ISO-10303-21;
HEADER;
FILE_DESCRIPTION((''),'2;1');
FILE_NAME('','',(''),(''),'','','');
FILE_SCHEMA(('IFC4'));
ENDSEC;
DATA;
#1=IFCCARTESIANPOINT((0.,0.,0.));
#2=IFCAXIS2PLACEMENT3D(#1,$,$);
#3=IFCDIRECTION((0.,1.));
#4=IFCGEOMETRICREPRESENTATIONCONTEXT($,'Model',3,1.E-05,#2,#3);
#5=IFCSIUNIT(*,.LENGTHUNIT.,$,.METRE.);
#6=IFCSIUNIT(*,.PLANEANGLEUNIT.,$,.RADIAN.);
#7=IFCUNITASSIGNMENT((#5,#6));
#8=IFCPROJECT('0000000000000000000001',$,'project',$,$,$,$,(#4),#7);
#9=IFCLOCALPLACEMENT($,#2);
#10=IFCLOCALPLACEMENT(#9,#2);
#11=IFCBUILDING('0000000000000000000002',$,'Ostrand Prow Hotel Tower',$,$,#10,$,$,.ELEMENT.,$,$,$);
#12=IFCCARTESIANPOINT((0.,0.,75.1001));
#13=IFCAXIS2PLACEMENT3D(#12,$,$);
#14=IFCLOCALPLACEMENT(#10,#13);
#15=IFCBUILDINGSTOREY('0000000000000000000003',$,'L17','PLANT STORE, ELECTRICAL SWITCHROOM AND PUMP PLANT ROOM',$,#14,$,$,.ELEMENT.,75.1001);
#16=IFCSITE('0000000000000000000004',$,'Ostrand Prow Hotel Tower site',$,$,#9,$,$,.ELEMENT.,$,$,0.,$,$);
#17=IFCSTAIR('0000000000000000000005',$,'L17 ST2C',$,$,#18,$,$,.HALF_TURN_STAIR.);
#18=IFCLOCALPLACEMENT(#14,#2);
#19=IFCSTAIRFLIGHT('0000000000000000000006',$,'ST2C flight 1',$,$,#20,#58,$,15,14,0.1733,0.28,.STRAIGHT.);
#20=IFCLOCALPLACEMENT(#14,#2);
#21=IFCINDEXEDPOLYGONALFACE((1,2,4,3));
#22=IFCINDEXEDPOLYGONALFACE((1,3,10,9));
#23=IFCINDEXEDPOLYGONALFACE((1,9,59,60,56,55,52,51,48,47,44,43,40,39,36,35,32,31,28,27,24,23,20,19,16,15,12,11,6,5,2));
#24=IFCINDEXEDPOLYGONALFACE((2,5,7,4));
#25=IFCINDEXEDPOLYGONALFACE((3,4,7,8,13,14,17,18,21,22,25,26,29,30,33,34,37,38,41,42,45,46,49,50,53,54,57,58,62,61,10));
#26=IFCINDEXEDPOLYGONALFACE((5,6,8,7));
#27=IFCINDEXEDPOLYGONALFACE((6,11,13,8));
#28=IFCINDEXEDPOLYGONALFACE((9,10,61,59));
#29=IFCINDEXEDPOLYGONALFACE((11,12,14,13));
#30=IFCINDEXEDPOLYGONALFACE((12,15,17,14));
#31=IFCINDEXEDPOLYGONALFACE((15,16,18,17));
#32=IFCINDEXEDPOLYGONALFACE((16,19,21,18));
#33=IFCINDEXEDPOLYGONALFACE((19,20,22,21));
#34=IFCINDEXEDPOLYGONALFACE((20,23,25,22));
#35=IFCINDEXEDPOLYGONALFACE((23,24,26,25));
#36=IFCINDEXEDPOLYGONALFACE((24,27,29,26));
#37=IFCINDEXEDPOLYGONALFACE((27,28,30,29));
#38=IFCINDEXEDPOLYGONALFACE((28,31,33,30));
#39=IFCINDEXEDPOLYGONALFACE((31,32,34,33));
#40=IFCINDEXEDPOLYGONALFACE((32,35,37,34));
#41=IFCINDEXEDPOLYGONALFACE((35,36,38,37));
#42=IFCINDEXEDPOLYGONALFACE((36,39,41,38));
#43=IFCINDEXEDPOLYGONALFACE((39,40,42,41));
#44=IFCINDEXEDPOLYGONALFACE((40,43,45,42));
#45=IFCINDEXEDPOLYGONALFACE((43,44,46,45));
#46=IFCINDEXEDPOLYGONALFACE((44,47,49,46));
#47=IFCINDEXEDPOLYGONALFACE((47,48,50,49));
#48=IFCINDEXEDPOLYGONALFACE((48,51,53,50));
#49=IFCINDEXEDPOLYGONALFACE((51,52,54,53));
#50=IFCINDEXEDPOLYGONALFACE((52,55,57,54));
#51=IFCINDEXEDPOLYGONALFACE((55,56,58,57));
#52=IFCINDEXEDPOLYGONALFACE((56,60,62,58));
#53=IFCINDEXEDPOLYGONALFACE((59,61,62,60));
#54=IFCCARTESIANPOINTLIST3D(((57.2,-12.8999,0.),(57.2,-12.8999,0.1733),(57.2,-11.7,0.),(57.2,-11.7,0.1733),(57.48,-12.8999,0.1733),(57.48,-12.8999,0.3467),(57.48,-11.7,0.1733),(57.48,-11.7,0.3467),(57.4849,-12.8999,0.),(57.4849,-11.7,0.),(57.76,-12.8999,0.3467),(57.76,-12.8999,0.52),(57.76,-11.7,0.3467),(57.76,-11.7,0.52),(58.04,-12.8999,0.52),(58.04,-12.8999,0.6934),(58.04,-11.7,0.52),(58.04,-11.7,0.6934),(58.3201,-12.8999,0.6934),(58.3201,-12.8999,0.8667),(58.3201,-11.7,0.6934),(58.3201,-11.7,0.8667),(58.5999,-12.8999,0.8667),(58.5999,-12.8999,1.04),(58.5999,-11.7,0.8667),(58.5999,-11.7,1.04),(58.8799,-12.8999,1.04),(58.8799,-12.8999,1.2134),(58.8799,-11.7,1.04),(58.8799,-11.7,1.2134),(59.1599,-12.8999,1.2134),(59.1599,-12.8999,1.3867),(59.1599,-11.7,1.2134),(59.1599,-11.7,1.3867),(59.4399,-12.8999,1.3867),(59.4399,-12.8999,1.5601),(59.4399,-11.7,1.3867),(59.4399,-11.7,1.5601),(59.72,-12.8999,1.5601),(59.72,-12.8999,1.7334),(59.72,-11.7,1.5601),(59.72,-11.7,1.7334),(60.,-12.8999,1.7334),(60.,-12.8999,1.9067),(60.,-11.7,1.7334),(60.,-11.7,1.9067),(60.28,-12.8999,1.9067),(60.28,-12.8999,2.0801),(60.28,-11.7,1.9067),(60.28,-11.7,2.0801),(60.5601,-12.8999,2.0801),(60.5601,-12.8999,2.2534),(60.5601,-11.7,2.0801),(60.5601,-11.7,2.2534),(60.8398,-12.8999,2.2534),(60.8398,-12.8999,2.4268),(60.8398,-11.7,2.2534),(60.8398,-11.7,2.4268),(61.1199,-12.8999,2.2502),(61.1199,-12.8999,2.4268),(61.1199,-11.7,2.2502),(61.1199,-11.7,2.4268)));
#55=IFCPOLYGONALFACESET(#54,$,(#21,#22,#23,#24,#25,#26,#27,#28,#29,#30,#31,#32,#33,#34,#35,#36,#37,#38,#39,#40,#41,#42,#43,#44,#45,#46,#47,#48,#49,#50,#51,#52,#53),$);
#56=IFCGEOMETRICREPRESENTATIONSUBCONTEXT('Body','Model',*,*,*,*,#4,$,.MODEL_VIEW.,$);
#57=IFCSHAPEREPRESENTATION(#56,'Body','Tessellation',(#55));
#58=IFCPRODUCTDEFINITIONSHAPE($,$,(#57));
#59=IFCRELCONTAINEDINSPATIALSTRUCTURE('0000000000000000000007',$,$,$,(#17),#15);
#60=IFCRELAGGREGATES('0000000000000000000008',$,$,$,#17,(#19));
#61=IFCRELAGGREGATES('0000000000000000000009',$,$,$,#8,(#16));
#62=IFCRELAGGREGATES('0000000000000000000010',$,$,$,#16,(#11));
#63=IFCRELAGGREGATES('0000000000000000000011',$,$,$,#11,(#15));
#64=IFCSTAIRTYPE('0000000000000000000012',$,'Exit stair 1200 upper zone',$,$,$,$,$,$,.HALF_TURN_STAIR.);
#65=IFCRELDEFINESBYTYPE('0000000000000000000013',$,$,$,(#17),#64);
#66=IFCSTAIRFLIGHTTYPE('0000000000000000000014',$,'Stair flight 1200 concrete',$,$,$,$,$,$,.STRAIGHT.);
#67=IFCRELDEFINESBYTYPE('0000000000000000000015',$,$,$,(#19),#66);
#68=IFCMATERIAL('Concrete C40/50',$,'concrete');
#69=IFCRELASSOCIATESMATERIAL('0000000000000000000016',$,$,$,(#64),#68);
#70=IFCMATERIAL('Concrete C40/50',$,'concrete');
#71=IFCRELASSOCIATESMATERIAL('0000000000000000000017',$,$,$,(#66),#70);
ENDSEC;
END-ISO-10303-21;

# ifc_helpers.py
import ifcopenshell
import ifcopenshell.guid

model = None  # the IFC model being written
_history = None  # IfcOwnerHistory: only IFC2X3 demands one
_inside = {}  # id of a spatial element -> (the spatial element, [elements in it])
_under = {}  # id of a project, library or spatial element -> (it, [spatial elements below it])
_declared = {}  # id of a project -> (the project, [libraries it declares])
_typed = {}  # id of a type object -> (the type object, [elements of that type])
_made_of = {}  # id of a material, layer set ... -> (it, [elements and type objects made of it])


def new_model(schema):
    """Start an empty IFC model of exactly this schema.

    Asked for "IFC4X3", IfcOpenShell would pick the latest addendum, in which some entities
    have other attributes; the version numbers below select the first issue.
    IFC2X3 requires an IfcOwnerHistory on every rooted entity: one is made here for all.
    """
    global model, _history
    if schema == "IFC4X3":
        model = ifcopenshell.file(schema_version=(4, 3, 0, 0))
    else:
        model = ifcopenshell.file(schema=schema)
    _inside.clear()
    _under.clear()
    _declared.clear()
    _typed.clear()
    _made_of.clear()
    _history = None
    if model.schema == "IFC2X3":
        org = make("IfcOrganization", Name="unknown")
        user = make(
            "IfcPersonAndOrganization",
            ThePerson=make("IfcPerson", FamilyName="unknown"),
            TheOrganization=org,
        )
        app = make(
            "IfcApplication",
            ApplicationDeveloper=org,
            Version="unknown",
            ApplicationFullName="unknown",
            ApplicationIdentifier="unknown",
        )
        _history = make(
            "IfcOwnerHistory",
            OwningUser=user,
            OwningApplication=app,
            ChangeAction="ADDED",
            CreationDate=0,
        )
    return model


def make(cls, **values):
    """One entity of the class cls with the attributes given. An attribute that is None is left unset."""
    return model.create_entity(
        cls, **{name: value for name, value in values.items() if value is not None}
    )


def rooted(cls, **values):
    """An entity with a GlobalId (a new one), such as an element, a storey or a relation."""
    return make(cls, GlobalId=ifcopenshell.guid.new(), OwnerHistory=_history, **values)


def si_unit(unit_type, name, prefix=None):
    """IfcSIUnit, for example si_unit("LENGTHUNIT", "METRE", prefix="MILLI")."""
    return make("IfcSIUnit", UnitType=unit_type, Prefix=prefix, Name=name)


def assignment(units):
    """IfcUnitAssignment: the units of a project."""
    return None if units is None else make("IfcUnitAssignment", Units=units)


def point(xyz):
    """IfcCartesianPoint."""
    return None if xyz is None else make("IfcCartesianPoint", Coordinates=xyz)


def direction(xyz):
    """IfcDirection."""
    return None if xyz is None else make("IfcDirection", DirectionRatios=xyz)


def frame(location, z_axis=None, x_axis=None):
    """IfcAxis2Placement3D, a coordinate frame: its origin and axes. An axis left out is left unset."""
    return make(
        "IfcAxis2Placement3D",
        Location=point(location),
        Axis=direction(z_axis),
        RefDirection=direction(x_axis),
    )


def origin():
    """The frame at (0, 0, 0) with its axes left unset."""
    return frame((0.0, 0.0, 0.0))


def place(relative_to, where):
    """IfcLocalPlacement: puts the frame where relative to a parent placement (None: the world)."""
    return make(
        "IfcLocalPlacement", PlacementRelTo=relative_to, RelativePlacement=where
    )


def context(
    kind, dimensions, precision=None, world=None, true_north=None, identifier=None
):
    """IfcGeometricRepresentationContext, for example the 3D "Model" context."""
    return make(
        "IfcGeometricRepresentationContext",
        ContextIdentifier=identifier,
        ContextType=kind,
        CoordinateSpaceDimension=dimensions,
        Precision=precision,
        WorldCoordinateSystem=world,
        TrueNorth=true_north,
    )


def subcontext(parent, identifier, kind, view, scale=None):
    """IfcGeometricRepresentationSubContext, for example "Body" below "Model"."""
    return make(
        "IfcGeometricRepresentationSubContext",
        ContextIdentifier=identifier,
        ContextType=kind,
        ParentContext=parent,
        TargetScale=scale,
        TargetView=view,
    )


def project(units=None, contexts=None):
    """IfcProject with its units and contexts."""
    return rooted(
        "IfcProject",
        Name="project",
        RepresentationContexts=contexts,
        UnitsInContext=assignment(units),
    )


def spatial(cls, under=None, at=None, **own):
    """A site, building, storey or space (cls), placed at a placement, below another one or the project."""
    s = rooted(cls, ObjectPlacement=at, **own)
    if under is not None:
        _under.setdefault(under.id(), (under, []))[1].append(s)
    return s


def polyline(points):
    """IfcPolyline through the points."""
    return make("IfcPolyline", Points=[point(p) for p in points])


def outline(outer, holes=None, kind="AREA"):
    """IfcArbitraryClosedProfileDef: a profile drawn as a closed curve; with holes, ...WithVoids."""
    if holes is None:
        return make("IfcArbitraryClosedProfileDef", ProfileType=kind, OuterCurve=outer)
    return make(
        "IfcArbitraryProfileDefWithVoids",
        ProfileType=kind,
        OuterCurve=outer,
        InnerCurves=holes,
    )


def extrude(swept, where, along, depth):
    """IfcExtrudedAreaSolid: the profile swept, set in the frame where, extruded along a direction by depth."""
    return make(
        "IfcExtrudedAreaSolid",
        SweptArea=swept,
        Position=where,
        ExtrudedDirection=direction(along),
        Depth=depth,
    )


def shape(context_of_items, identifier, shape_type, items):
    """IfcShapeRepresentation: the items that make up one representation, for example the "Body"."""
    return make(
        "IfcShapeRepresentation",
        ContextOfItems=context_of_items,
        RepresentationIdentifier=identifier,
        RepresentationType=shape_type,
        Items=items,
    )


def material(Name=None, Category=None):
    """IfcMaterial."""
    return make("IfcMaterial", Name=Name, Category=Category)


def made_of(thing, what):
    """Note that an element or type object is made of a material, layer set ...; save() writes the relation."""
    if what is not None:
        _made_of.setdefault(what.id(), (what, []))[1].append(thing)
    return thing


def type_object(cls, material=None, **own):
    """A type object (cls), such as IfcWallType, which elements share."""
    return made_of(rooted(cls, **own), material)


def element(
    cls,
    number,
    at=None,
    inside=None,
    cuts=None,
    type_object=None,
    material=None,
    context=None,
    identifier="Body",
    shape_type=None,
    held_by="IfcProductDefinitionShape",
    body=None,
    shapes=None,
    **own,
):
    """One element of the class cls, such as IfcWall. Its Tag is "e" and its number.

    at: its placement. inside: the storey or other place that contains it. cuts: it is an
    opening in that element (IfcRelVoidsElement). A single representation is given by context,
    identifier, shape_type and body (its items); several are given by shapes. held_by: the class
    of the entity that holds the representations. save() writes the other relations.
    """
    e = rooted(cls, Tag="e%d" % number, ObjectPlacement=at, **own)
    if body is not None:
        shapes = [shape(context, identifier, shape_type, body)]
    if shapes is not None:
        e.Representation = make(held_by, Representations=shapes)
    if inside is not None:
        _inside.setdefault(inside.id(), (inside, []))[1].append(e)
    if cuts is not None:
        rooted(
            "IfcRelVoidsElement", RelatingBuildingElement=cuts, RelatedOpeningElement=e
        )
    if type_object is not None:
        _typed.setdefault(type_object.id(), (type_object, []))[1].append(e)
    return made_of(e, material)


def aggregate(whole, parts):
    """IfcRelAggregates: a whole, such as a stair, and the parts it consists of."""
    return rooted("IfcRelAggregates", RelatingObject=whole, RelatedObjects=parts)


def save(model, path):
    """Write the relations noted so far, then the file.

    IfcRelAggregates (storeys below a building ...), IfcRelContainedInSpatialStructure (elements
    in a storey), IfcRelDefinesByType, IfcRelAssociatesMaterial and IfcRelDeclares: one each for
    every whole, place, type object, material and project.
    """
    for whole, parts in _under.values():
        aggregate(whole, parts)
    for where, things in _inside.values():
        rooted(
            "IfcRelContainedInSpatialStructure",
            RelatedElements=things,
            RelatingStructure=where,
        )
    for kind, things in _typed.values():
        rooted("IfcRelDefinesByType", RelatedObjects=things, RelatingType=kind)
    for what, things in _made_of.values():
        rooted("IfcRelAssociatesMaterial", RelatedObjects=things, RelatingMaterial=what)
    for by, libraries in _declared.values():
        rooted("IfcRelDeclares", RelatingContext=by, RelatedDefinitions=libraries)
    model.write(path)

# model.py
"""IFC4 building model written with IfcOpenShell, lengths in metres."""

from ifc_helpers import new_model, si_unit, direction, frame, origin, place, context, subcontext, project, spatial, polyline, outline, extrude, material, type_object, element, aggregate, save


model = new_model("IFC4")

# Units and contexts
model_context = context("Model", 3, precision=1e-05, world=origin(), true_north=direction((0.0, 1.0)))
body_context = subcontext(model_context, "Body", "Model", "MODEL_VIEW")
ifc_project = project(units=[si_unit("LENGTHUNIT", "METRE"), si_unit("PLANEANGLEUNIT", "RADIAN")], contexts=[model_context])

# Site, building, storey
site_placement = place(None, origin())
site = spatial("IfcSite", under=ifc_project, at=site_placement, Name="Ostrand Prow Hotel Tower site", CompositionType="ELEMENT", RefElevation=0.0)
building_placement = place(site_placement, origin())
building = spatial("IfcBuilding", under=site, at=building_placement, Name="Ostrand Prow Hotel Tower", CompositionType="ELEMENT")
storey_placement = place(building_placement, frame((0.0, 0.0, 75.1001)))
storey = spatial("IfcBuildingStorey", under=building, at=storey_placement, Name="L17", Description="PLANT STORE, ELECTRICAL SWITCHROOM AND PUMP PLANT ROOM", CompositionType="ELEMENT", Elevation=75.1001)

# Stair, stair flight
ifc_material_1 = material(Name="Concrete C40/50", Category="concrete")
stair_type = type_object("IfcStairType", Name="Exit stair 1200 upper zone", PredefinedType="HALF_TURN_STAIR", material=ifc_material_1)
stair_placement = place(storey_placement, origin())
stair = element("IfcStair", 1, at=stair_placement, inside=storey, type_object=stair_type, Name="L17 ST2C", PredefinedType="HALF_TURN_STAIR")
ifc_material_2 = material(Name="Concrete C40/50", Category="concrete")
stair_flight_type = type_object("IfcStairFlightType", Name="Stair flight 1200 concrete", PredefinedType="STRAIGHT", material=ifc_material_2)
stair_flight_placement = place(storey_placement, frame((57.2, -12.3, 0.0), z_axis=(0.0, 0.0, 1.0), x_axis=(1.0, 0.0, 0.0)))
stair_flight = element("IfcStairFlight", 2, at=stair_flight_placement, type_object=stair_flight_type, Name="ST2C flight 1", NumberOfRisers=15, NumberOfTreads=14, PredefinedType="STRAIGHT", RiserHeight=0.1733, TreadLength=0.28, context=body_context, shape_type="SweptSolid", body=[
    extrude(outline(polyline([(0.0, 0.0), (0.0, 0.1733), (0.28, 0.1733), (0.28, 0.3467), (0.5601, 0.3467), (0.5601, 0.52), (0.8401, 0.52), (0.8401, 0.6934), (1.1201, 0.6934), (1.1201, 0.8667), (1.3999, 0.8667), (1.3999, 1.04), (1.6799, 1.04), (1.6799, 1.2134), (1.96, 1.2134), (1.96, 1.3867), (2.24, 1.3867), (2.24, 1.5601), (2.52, 1.5601), (2.52, 1.7334), (2.8, 1.7334), (2.8, 1.9067), (3.0801, 1.9067), (3.0801, 2.0801), (3.3601, 2.0801), (3.3601, 2.2534), (3.6399, 2.2534), (3.6399, 2.4268), (3.9199, 2.4268), (3.9199, 2.6001), (3.9199, 2.2502), (0.2849, 0.0), (0.0, 0.0)])), frame((0.0, 0.6001, 0.0), z_axis=(0.0, -1.0, 0.0), x_axis=(1.0, 0.0, 0.0)), (0.0, 0.0, 1.0), 1.2),
])
aggregate(stair, [stair_flight])

save(model, "model.ifc")
